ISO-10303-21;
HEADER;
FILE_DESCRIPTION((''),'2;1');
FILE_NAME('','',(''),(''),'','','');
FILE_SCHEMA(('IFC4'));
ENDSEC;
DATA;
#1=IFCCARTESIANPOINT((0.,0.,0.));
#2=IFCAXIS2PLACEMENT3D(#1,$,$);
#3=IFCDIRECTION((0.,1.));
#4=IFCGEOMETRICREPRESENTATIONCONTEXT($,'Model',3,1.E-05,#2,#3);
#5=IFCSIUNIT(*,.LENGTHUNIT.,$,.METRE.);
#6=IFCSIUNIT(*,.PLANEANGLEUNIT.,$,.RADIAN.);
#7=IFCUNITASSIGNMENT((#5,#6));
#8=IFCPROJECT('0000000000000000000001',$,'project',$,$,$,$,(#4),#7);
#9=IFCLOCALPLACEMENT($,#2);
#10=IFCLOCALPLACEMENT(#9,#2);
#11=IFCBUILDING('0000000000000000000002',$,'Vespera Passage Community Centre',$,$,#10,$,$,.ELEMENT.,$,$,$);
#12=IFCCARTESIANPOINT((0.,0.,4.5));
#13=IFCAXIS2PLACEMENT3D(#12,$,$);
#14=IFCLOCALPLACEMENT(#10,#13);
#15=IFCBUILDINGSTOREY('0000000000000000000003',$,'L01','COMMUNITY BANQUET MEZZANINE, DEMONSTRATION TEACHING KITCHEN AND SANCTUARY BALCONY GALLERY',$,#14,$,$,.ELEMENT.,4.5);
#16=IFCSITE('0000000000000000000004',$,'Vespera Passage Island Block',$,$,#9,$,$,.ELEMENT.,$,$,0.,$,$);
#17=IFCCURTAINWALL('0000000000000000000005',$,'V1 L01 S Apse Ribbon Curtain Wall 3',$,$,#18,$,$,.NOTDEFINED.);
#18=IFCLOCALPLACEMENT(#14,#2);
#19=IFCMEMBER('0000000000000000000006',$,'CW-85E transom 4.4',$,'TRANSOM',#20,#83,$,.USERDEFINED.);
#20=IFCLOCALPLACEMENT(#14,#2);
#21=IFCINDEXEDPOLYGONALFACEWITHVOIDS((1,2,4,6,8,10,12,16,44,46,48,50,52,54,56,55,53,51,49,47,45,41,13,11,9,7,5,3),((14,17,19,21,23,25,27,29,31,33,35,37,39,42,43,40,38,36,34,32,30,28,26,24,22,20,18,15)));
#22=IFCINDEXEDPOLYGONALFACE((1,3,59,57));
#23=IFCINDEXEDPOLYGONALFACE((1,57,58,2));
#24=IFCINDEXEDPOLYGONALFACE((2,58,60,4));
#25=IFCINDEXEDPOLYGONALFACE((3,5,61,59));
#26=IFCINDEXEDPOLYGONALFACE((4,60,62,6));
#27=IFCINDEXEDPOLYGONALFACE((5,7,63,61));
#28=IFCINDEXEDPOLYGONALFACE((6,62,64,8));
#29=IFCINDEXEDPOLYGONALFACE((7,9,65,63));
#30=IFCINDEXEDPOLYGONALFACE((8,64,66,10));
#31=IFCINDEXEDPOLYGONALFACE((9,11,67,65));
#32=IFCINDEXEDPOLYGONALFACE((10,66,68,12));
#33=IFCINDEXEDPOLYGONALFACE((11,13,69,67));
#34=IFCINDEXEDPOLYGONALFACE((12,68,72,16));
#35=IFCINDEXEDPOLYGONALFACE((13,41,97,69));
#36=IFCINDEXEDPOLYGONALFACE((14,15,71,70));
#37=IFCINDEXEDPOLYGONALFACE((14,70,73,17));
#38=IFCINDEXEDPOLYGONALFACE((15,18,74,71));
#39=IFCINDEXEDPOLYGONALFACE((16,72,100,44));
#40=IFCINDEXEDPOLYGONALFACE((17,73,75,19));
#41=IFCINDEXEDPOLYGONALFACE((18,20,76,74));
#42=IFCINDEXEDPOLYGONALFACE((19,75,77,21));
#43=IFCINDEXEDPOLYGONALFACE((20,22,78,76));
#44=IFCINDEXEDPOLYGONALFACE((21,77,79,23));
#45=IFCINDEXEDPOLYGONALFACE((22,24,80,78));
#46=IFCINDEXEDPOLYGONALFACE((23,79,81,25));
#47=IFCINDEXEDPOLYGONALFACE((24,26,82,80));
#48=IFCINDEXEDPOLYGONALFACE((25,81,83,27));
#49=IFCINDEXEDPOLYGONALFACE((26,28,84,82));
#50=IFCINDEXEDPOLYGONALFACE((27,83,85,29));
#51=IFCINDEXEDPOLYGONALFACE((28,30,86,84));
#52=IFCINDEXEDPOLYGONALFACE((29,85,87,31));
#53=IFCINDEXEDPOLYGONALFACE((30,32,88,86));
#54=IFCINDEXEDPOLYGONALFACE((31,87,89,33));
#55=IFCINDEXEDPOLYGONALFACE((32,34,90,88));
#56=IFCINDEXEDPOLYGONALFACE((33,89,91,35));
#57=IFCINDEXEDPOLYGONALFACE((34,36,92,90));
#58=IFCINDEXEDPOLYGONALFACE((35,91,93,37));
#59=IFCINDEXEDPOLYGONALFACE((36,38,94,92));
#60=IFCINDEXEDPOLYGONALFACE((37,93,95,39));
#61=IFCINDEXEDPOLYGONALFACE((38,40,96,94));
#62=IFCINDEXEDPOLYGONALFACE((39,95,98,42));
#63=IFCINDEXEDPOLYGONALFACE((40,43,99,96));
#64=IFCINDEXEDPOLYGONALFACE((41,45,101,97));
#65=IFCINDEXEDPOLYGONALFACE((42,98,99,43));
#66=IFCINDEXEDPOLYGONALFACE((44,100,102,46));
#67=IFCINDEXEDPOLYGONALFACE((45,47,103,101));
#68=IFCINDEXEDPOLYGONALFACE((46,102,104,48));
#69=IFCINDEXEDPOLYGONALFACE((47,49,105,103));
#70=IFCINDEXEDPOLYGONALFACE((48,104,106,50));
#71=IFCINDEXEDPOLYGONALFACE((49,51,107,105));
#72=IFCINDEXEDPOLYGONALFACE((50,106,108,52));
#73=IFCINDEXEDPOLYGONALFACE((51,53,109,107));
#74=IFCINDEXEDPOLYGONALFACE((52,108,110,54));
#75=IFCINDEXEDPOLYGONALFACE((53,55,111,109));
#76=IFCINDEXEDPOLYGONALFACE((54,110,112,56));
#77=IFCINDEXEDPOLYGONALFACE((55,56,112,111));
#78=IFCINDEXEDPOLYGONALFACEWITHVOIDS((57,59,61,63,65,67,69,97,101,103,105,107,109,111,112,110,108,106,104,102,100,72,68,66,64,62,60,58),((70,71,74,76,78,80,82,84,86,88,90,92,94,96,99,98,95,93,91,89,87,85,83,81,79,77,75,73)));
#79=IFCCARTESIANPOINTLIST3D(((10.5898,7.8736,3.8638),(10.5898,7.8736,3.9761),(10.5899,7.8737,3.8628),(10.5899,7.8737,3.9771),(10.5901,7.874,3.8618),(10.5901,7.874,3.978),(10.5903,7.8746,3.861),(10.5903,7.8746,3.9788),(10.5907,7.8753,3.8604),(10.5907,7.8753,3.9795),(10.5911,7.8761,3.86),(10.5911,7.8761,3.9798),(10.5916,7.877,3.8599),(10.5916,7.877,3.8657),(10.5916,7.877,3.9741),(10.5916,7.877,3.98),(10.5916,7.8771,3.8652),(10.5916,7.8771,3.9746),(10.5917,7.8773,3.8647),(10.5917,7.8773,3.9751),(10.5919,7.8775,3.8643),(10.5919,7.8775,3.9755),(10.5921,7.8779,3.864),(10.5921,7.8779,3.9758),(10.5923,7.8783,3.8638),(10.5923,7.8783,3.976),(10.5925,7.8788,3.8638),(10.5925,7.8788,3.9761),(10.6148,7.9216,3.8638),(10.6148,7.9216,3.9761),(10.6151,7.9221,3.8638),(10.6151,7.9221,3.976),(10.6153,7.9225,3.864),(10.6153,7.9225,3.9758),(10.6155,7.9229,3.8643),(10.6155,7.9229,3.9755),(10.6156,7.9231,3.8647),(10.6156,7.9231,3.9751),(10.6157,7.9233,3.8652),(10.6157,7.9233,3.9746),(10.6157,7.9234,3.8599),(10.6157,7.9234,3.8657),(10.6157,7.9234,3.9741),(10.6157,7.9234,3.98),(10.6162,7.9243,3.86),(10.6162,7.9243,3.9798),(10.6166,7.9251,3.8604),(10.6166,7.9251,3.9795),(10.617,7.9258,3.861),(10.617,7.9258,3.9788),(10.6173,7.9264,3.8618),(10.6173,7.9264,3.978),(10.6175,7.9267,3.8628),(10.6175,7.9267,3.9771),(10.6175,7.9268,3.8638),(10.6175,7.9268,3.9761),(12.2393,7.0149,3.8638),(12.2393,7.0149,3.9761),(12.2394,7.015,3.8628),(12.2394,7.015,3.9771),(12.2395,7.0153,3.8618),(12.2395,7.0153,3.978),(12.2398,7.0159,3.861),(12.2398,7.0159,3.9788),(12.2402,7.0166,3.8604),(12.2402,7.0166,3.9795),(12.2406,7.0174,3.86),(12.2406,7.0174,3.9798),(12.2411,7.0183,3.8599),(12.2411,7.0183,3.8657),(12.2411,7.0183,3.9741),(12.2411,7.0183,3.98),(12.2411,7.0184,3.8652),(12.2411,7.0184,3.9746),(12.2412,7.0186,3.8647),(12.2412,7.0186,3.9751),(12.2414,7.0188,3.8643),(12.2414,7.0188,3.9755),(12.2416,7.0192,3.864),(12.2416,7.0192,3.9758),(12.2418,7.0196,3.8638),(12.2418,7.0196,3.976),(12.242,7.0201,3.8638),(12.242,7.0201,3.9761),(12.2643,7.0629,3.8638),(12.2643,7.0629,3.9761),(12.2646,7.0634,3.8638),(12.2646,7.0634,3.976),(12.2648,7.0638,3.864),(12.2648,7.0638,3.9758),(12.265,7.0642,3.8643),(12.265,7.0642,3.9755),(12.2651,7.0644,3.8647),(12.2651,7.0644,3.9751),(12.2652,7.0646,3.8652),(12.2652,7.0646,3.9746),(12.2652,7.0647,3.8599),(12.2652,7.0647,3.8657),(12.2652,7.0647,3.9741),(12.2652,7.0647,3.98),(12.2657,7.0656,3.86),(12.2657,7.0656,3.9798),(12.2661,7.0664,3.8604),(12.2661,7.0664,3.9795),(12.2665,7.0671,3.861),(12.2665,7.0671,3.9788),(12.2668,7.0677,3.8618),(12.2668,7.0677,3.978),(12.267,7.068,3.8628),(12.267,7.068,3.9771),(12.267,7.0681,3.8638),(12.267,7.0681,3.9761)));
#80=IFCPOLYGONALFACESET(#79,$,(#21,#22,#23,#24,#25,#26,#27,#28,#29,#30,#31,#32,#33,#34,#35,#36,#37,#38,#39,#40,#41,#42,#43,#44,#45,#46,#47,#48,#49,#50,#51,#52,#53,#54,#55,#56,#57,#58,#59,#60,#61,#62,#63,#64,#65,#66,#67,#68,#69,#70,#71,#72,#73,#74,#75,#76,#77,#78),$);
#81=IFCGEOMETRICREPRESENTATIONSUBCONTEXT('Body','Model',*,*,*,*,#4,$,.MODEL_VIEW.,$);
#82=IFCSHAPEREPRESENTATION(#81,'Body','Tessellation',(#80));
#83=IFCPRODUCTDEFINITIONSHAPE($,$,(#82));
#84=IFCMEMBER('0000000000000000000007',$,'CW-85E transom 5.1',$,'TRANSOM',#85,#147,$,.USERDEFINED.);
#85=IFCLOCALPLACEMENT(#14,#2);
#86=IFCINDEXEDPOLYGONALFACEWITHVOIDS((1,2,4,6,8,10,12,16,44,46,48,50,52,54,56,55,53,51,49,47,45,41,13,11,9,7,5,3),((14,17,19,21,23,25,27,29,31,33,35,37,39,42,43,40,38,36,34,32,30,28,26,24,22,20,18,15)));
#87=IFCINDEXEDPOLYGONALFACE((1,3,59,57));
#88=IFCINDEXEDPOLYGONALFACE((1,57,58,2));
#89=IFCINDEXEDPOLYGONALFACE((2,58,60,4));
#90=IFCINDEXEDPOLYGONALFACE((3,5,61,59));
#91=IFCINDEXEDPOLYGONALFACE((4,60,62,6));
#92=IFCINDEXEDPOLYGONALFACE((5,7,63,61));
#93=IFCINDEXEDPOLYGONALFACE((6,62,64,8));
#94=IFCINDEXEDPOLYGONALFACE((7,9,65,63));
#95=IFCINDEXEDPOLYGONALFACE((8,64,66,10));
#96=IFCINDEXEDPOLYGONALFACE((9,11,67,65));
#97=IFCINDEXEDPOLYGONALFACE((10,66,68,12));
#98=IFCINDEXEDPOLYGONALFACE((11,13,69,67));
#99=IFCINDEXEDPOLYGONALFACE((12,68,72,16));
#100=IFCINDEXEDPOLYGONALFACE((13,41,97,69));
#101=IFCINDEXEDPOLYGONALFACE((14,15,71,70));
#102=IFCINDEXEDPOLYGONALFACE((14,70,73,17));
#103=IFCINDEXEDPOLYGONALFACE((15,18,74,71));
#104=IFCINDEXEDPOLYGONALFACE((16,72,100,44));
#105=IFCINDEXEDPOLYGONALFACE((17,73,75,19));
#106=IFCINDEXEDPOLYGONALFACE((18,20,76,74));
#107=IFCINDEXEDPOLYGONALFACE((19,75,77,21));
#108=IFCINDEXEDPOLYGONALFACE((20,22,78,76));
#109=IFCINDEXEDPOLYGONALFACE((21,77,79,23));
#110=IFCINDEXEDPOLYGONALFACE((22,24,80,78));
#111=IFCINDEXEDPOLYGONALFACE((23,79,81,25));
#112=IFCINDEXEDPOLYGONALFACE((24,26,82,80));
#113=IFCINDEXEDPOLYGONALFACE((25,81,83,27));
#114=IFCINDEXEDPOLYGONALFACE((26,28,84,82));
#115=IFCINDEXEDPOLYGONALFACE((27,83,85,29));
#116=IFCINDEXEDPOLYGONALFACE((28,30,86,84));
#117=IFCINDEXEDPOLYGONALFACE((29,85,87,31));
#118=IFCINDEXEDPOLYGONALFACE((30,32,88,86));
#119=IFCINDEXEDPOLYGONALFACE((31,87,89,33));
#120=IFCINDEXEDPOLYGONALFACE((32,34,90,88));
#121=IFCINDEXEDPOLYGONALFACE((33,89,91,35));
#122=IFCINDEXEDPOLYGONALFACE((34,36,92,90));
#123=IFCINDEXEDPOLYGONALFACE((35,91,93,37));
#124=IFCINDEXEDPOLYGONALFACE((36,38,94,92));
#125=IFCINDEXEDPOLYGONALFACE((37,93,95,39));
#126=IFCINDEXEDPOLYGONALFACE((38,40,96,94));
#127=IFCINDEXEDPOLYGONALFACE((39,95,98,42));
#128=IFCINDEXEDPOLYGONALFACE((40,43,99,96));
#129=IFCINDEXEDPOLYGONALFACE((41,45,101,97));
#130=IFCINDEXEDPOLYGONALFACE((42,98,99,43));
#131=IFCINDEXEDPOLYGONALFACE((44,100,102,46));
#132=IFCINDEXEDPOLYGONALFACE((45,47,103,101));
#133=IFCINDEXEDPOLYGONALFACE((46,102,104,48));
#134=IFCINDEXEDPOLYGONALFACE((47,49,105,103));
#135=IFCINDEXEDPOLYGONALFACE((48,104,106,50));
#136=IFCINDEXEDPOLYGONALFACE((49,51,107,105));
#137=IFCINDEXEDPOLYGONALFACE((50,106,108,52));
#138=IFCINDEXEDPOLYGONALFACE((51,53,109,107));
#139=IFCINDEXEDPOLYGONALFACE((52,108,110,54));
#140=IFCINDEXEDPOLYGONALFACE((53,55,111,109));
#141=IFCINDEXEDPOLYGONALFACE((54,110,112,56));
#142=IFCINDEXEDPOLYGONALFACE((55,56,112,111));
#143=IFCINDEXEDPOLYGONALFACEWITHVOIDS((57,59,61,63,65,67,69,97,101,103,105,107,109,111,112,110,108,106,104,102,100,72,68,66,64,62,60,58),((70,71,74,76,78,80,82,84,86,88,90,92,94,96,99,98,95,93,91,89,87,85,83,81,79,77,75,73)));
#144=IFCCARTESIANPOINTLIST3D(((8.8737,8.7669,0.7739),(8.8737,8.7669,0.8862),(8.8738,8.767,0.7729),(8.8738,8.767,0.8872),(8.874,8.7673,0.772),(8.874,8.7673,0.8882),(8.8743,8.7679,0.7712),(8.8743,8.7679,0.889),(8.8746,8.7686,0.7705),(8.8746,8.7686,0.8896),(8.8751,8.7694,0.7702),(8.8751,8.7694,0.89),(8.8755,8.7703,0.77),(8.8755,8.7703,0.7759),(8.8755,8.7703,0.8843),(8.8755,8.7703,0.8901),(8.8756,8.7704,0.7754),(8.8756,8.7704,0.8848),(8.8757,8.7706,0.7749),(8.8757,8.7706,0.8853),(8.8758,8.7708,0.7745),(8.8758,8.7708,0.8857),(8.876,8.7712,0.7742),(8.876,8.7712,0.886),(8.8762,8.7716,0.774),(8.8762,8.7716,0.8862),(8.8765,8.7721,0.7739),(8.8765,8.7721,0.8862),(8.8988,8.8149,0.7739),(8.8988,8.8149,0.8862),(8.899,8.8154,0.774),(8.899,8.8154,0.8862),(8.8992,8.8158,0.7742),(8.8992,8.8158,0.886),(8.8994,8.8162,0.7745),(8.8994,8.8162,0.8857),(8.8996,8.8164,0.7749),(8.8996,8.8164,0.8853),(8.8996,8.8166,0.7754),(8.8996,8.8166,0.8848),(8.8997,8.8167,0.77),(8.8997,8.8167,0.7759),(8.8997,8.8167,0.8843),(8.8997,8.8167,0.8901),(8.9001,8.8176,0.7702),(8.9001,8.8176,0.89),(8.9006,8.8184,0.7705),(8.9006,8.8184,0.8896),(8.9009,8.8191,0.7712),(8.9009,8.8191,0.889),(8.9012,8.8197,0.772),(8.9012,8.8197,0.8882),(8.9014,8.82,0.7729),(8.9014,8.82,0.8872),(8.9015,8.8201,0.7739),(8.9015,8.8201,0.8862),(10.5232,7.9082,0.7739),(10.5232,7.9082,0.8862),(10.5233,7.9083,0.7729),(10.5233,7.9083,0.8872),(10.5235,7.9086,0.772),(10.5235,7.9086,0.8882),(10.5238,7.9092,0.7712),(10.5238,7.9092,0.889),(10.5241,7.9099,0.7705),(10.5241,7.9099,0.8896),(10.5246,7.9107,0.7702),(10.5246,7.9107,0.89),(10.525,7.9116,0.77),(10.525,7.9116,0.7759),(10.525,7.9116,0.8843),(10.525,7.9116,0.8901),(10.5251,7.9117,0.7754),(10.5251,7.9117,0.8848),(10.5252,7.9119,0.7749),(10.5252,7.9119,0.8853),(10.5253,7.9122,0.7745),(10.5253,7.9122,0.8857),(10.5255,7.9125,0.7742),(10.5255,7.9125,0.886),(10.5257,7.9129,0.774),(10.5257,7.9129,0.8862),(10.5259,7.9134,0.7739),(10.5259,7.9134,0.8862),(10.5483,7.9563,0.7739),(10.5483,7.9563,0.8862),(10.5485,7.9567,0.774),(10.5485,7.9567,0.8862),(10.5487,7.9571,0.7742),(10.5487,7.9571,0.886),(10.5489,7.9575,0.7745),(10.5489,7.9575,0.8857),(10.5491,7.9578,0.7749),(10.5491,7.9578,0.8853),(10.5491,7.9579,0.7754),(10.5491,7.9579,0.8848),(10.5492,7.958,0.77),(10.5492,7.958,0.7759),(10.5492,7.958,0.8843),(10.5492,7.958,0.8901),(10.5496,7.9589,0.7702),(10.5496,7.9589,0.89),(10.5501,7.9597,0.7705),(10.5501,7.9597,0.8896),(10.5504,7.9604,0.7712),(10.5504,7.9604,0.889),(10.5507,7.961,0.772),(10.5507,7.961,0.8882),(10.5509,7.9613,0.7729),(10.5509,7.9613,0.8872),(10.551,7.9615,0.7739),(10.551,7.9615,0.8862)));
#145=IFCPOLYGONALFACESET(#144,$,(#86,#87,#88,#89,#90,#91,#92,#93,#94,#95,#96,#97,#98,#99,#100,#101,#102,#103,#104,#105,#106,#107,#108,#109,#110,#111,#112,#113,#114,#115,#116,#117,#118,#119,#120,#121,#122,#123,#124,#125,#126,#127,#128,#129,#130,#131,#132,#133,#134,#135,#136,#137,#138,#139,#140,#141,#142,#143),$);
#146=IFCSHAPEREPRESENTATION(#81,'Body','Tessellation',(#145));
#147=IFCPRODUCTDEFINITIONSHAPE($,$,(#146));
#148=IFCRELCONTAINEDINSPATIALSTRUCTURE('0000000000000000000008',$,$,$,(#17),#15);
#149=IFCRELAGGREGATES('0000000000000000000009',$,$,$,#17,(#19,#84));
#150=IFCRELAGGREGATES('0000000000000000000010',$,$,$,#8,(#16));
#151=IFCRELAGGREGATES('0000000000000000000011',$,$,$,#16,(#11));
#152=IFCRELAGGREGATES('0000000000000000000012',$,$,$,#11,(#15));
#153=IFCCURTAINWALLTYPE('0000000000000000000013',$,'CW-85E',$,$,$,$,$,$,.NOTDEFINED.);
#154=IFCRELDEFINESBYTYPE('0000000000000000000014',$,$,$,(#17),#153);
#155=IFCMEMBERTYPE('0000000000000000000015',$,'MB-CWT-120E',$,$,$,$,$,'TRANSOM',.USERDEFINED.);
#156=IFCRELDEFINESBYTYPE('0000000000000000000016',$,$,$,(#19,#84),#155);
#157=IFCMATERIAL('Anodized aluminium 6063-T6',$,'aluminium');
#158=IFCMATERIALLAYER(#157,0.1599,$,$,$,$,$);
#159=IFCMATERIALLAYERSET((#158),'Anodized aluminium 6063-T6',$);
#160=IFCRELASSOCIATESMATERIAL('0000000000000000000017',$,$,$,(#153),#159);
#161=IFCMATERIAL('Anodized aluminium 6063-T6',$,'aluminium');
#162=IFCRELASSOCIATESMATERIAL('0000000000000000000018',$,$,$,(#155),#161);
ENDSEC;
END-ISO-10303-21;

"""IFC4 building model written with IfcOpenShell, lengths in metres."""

from ifc_helpers import new_model, si_unit, direction, frame, origin, origin_2d, place, context, subcontext, project, spatial, hollow_rectangle, extrude, material, layer, layer_set, material_profile, profile_set, type_object, element, aggregate, save


model = new_model("IFC4")

# Units and contexts
model_context = context("Model", 3, precision=1e-05, world=origin(), true_north=direction((0.0, 1.0)))
body_context = subcontext(model_context, "Body", "Model", "MODEL_VIEW")
ifc_project = project(units=[si_unit("LENGTHUNIT", "METRE"), si_unit("PLANEANGLEUNIT", "RADIAN")], contexts=[model_context])

# Site, building, storey
site_placement = place(None, origin())
site = spatial("IfcSite", under=ifc_project, at=site_placement, Name="Vespera Passage Island Block", CompositionType="ELEMENT", RefElevation=0.0)
building_placement = place(site_placement, origin())
building = spatial("IfcBuilding", under=site, at=building_placement, Name="Vespera Passage Community Centre", CompositionType="ELEMENT")
storey_placement = place(building_placement, frame((0.0, 0.0, 4.5)))
storey = spatial("IfcBuildingStorey", under=building, at=storey_placement, Name="L01", Description="COMMUNITY BANQUET MEZZANINE, DEMONSTRATION TEACHING KITCHEN AND SANCTUARY BALCONY GALLERY", CompositionType="ELEMENT", Elevation=4.5)

# Curtain wall, members
ifc_material_1 = material(Name="Anodized aluminium 6063-T6", Category="aluminium")
ifc_layer_1 = layer(ifc_material_1, 0.1599)
ifc_layer_set_1 = layer_set([ifc_layer_1], Name="Anodized aluminium 6063-T6")
curtain_wall_type = type_object("IfcCurtainWallType", Name="CW-85E", PredefinedType="NOTDEFINED", material=ifc_layer_set_1)
curtain_wall_placement = place(storey_placement, origin())
curtain_wall = element("IfcCurtainWall", 1, at=curtain_wall_placement, inside=storey, type_object=curtain_wall_type, Name="V1 L01 S Apse Ribbon Curtain Wall 3", PredefinedType="NOTDEFINED")
ifc_material_2 = material(Name="Anodized aluminium 6063-T6", Category="aluminium")
ifc_material_profile_1 = material_profile(ifc_material_2, hollow_rectangle(XDim=0.0601, YDim=0.1201, WallThickness=0.0039, InnerFilletRadius=0.002, OuterFilletRadius=0.0039, at=origin_2d()), Name="ALU120X60X4")
ifc_profile_set_1 = profile_set([ifc_material_profile_1], Name="Anodized aluminium 6063-T6")
member_type_1 = type_object("IfcMemberType", Name="MB-CWT-120E", ElementType="TRANSOM", PredefinedType="USERDEFINED", material=ifc_profile_set_1)
member_1_placement = place(storey_placement, frame((12.2532, 7.0415, 3.9199), z_axis=(-0.887008, 0.461754, 0.0), x_axis=(-0.461754, -0.887008, 0.0)))
member_1 = element("IfcMember", 2, at=member_1_placement, type_object=member_type_1, Name="CW-85E transom 4.4", ObjectType="TRANSOM", PredefinedType="USERDEFINED", context=body_context, shape_type="SweptSolid", body=[
    extrude(hollow_rectangle(XDim=0.0601, YDim=0.1201, WallThickness=0.0039, InnerFilletRadius=0.002, OuterFilletRadius=0.0039, at=origin_2d()), origin(), (0.0, 0.0, 1.0), 1.8596),
])
member_2_placement = place(storey_placement, frame((10.5371, 7.9348, 0.8301), z_axis=(-0.887008, 0.461754, 0.0), x_axis=(-0.461754, -0.887008, 0.0)))
member_2 = element("IfcMember", 3, at=member_2_placement, type_object=member_type_1, Name="CW-85E transom 5.1", ObjectType="TRANSOM", PredefinedType="USERDEFINED", context=body_context, shape_type="SweptSolid", body=[
    extrude(hollow_rectangle(XDim=0.0601, YDim=0.1201, WallThickness=0.0039, InnerFilletRadius=0.002, OuterFilletRadius=0.0039, at=origin_2d()), origin(), (0.0, 0.0, 1.0), 1.8596),
])
aggregate(curtain_wall, [member_1, member_2])

save(model, "model.ifc")
